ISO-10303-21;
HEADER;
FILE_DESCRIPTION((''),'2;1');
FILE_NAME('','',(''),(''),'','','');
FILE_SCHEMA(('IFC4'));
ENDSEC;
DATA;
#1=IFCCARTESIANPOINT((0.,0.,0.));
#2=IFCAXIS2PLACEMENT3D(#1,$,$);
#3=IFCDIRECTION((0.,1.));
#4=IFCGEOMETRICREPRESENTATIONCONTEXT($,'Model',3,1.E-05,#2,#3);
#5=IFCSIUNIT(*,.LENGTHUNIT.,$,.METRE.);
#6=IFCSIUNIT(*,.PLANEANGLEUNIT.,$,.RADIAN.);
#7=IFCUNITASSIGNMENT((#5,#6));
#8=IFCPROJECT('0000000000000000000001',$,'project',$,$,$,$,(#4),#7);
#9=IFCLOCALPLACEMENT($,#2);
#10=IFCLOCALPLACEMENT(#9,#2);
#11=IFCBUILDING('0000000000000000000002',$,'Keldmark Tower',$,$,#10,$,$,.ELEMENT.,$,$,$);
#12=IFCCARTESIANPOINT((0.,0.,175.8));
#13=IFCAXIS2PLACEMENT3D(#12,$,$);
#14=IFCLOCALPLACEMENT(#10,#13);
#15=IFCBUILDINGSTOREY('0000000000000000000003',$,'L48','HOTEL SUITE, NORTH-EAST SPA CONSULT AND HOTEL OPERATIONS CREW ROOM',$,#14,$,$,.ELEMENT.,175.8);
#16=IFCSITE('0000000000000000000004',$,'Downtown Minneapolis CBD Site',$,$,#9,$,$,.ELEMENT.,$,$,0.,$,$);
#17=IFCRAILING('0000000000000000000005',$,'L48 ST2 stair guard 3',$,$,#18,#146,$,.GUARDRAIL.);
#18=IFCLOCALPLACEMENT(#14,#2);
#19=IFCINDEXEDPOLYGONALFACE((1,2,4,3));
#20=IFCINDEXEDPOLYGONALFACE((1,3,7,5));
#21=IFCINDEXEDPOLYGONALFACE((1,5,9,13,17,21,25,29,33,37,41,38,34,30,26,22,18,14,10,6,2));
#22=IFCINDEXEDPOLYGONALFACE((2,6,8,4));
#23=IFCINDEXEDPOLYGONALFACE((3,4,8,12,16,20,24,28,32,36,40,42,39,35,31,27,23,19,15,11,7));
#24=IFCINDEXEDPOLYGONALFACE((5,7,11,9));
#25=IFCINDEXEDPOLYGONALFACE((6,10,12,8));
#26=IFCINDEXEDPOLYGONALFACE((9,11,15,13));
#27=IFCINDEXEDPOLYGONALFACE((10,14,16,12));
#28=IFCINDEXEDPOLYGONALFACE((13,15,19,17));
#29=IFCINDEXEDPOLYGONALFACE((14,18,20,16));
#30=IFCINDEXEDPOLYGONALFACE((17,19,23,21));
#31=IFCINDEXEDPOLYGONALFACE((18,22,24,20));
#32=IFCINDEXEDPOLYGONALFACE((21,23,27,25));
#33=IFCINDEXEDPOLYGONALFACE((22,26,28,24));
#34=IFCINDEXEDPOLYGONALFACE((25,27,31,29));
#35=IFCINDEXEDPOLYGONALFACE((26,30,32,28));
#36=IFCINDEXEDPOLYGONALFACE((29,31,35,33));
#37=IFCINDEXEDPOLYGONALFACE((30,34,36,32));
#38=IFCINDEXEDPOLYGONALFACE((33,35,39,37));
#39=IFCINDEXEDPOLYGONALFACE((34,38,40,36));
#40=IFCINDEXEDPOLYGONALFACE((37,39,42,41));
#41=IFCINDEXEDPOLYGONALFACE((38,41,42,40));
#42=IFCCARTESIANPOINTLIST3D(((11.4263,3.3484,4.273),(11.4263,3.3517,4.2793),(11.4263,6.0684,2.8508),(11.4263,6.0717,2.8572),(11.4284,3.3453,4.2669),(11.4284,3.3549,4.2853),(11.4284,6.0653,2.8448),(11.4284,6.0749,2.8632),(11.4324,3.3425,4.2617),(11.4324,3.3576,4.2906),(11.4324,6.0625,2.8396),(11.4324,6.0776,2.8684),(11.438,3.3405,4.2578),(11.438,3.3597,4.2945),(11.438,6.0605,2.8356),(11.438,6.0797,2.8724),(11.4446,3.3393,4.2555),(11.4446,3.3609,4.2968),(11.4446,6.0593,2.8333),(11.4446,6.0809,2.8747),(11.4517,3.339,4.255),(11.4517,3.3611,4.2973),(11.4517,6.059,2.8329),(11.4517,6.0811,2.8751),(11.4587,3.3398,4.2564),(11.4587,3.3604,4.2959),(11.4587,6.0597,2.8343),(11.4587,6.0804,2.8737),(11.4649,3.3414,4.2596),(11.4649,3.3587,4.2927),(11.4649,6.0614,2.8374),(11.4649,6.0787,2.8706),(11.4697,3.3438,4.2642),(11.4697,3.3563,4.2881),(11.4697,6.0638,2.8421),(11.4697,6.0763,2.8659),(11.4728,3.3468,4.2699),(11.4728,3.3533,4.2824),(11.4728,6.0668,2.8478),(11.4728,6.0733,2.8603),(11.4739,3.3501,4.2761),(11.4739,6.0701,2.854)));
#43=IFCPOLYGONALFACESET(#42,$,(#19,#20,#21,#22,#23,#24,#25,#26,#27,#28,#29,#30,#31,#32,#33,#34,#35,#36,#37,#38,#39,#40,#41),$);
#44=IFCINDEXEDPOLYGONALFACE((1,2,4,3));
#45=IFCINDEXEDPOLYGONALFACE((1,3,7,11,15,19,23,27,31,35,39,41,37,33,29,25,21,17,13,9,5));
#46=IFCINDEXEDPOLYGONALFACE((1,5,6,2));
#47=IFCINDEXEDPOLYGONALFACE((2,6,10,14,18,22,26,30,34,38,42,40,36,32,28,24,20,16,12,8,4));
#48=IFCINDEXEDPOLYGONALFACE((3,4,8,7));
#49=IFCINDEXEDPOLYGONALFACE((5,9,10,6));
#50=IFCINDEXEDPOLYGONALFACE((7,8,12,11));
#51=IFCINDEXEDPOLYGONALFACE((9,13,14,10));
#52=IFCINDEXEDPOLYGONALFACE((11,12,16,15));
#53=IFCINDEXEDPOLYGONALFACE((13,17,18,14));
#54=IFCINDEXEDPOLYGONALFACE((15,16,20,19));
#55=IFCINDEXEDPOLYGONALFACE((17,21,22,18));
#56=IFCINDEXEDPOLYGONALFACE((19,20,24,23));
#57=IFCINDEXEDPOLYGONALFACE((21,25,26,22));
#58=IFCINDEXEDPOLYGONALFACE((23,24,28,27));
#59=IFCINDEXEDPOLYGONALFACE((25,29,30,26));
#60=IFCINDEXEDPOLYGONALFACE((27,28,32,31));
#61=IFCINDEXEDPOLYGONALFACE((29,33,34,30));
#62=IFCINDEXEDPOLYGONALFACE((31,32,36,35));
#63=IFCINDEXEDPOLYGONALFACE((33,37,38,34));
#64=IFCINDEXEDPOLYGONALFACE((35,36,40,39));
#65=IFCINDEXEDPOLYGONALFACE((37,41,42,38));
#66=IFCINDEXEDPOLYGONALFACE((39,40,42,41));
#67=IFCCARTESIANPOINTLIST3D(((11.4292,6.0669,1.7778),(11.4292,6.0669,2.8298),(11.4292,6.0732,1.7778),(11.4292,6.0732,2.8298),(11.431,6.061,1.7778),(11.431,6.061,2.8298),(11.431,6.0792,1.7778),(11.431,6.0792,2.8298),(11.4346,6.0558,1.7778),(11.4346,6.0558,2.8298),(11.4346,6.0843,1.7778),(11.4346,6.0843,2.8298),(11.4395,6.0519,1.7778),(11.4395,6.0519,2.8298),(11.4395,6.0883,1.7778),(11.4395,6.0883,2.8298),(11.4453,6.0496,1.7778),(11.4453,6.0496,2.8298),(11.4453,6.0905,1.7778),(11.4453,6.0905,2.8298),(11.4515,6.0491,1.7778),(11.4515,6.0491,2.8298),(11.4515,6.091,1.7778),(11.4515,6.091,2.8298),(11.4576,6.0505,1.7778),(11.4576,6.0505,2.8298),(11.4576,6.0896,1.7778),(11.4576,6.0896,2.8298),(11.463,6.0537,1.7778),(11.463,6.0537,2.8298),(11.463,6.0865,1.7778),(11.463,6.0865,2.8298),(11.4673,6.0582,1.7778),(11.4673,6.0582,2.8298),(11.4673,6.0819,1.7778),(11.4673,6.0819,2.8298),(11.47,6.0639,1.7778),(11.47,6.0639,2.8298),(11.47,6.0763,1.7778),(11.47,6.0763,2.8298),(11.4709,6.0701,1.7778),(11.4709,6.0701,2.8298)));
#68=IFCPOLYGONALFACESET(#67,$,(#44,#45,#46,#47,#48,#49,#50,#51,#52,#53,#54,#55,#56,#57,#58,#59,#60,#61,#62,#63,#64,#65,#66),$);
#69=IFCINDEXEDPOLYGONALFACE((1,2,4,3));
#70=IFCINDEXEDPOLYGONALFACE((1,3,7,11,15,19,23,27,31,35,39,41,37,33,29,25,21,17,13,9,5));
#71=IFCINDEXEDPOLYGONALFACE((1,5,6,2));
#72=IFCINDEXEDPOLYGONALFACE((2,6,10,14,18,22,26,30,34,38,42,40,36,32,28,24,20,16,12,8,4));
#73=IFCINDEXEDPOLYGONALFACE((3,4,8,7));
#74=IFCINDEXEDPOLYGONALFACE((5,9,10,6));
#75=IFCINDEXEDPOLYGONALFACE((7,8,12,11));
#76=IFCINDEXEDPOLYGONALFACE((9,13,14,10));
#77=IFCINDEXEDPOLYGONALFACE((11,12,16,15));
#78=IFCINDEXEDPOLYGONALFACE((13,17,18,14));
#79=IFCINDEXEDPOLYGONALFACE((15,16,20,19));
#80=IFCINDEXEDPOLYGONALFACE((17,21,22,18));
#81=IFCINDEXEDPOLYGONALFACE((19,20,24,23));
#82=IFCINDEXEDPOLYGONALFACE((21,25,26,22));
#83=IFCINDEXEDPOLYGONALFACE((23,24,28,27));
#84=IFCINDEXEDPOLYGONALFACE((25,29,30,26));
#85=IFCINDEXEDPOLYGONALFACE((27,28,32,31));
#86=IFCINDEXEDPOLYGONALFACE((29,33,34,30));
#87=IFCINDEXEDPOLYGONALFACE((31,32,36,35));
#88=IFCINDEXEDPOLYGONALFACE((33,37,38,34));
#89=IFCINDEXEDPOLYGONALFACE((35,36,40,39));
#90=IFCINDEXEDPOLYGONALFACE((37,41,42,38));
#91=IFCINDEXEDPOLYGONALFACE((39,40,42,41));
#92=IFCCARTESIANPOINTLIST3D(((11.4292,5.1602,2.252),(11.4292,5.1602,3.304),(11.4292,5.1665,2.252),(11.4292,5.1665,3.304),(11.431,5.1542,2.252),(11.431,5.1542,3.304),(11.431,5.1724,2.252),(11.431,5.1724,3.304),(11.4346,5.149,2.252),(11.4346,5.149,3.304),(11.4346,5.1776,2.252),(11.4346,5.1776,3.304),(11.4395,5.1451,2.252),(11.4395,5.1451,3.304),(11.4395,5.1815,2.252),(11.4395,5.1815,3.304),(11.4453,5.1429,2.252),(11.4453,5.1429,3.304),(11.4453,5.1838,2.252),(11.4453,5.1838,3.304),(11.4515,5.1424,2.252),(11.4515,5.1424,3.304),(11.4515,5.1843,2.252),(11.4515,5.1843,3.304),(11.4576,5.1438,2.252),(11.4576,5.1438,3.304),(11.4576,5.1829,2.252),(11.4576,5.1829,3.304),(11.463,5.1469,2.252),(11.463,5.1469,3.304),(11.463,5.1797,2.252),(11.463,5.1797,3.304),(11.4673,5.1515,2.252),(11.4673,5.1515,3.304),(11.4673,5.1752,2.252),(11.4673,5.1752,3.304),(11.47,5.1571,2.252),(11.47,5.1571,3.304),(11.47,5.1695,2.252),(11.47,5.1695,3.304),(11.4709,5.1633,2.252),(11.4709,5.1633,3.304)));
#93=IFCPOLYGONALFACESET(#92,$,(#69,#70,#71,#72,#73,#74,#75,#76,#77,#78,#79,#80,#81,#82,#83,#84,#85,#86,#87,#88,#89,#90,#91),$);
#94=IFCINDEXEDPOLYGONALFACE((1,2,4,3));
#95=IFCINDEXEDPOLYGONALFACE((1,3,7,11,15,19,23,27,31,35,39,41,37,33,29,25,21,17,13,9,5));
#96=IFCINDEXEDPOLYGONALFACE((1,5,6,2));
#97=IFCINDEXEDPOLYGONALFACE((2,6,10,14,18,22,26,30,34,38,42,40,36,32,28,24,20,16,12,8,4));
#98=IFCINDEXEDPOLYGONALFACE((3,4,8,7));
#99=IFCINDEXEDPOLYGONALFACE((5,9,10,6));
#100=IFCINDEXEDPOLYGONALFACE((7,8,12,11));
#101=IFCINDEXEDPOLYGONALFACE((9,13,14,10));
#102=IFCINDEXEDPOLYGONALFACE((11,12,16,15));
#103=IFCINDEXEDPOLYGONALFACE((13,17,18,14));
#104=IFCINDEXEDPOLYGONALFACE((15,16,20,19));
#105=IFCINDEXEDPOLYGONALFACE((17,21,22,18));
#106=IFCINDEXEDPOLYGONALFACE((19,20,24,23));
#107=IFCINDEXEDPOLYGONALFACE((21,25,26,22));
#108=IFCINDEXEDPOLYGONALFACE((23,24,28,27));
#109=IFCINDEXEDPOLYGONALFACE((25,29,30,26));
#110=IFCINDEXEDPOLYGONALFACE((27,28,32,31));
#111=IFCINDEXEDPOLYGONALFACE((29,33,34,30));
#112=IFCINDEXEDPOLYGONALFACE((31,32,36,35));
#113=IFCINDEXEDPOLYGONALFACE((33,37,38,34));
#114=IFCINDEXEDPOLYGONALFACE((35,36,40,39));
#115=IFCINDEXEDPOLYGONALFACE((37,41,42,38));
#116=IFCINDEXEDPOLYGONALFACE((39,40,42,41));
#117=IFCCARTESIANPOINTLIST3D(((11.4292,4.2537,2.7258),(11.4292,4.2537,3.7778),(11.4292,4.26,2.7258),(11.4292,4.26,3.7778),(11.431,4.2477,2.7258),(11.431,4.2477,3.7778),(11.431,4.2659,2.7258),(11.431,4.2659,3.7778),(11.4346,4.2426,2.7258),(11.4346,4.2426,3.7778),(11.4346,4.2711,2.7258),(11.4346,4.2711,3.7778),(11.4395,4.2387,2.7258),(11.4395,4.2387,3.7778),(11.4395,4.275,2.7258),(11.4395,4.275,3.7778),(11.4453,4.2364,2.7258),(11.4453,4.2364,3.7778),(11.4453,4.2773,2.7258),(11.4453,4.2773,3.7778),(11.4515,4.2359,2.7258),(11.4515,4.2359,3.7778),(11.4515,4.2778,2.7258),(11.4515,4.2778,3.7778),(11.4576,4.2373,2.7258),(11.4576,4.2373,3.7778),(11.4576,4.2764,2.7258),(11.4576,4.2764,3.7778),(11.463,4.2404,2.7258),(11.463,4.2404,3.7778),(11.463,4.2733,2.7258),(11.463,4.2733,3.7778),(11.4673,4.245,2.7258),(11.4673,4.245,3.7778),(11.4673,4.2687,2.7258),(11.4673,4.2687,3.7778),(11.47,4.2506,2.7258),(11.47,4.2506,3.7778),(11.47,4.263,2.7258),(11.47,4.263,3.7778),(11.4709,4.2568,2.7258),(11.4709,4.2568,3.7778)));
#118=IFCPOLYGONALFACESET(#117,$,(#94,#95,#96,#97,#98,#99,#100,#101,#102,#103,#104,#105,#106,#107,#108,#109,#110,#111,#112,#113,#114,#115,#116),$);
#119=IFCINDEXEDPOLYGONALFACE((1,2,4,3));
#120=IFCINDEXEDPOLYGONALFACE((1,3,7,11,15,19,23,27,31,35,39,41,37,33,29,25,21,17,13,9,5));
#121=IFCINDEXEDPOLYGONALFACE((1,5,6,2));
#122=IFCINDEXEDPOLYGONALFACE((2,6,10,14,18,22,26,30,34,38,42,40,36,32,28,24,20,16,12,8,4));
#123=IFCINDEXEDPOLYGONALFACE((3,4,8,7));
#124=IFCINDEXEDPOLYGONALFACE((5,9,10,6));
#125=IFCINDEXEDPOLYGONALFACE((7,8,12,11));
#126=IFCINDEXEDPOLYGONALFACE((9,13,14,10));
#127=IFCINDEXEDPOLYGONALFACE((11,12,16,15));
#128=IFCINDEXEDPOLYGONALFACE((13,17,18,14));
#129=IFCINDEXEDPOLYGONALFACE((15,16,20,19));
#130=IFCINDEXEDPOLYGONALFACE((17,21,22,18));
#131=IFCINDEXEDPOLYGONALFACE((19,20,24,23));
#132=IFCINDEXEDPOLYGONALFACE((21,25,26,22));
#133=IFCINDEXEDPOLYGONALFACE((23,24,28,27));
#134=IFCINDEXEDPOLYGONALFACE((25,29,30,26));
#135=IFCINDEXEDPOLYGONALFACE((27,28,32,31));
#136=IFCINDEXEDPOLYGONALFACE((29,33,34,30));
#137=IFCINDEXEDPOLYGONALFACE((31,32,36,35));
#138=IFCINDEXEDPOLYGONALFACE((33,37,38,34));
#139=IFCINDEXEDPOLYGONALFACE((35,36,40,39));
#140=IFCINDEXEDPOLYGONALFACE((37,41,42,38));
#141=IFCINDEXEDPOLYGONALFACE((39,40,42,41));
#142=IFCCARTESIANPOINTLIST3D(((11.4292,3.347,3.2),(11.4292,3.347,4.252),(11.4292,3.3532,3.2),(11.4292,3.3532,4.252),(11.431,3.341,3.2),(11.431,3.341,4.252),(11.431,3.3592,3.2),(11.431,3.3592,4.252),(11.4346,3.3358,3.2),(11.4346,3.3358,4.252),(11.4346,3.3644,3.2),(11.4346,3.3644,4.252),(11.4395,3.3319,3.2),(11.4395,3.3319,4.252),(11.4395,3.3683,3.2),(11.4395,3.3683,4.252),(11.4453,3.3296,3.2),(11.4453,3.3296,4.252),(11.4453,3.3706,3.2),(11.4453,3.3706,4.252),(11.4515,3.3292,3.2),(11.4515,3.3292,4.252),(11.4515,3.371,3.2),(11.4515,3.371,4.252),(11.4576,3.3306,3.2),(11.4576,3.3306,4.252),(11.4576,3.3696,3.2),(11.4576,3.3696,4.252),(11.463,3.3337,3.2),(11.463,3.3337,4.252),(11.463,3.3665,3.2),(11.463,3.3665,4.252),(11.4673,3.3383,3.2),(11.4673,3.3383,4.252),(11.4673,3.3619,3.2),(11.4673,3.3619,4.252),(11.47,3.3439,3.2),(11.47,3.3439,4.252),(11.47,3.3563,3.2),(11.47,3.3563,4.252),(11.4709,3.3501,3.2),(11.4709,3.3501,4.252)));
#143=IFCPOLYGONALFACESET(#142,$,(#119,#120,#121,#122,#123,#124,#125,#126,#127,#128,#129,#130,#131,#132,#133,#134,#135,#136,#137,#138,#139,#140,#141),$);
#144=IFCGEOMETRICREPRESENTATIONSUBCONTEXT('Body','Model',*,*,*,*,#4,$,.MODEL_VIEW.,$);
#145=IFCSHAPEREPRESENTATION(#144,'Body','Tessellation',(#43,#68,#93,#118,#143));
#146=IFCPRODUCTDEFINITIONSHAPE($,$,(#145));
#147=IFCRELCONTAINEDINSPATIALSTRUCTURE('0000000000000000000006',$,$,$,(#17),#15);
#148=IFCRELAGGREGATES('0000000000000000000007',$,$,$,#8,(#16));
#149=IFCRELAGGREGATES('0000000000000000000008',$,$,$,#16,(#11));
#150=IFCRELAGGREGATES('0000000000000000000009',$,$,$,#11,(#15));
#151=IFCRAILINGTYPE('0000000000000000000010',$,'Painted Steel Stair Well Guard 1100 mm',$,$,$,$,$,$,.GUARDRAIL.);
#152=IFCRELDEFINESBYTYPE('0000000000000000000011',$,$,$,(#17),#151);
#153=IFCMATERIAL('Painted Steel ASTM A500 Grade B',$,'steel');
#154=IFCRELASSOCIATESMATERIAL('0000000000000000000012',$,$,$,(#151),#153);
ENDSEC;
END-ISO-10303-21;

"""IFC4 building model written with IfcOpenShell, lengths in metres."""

from ifc_helpers import new_model, si_unit, direction, frame, origin, origin_2d, place, context, subcontext, project, spatial, circle, extrude, material, type_object, element, save


model = new_model("IFC4")

# Units and contexts
model_context = context("Model", 3, precision=1e-05, world=origin(), true_north=direction((0.0, 1.0)))
body_context = subcontext(model_context, "Body", "Model", "MODEL_VIEW")
ifc_project = project(units=[si_unit("LENGTHUNIT", "METRE"), si_unit("PLANEANGLEUNIT", "RADIAN")], contexts=[model_context])

# Site, building, storey
site_placement = place(None, origin())
site = spatial("IfcSite", under=ifc_project, at=site_placement, Name="Downtown Minneapolis CBD Site", CompositionType="ELEMENT", RefElevation=0.0)
building_placement = place(site_placement, origin())
building = spatial("IfcBuilding", under=site, at=building_placement, Name="Keldmark Tower", CompositionType="ELEMENT")
storey_placement = place(building_placement, frame((0.0, 0.0, 175.8)))
storey = spatial("IfcBuildingStorey", under=building, at=storey_placement, Name="L48", Description="HOTEL SUITE, NORTH-EAST SPA CONSULT AND HOTEL OPERATIONS CREW ROOM", CompositionType="ELEMENT", Elevation=175.8)

# Railing
ifc_material_1 = material(Name="Painted Steel ASTM A500 Grade B", Category="steel")
railing_type_1 = type_object("IfcRailingType", Name="Painted Steel Stair Well Guard 1100 mm", PredefinedType="GUARDRAIL", material=ifc_material_1)
railing_1_placement = place(storey_placement, frame((11.45, 6.0701, 1.7778)))
element("IfcRailing", 1, at=railing_1_placement, inside=storey, type_object=railing_type_1, Name="L48 ST2 stair guard 3", PredefinedType="GUARDRAIL", context=body_context, shape_type="SweptSolid", body=[
    extrude(circle(Radius=0.0239, at=origin_2d()), frame((0.0, 0.0, 1.0762), z_axis=(0.0, -0.886183, 0.463335), x_axis=(1.0, 0.0, 0.0)), (0.0, 0.0, 1.0), 3.0693),
    extrude(circle(Radius=0.021, at=origin_2d()), origin(), (0.0, 0.0, 1.0), 1.052),
    extrude(circle(Radius=0.021, at=origin_2d()), frame((0.0, -0.9067, 0.4741)), (0.0, 0.0, 1.0), 1.052),
    extrude(circle(Radius=0.021, at=origin_2d()), frame((0.0, -1.8132, 0.948)), (0.0, 0.0, 1.0), 1.052),
    extrude(circle(Radius=0.021, at=origin_2d()), frame((0.0, -2.72, 1.4221)), (0.0, 0.0, 1.0), 1.052),
])

save(model, "model.ifc")
